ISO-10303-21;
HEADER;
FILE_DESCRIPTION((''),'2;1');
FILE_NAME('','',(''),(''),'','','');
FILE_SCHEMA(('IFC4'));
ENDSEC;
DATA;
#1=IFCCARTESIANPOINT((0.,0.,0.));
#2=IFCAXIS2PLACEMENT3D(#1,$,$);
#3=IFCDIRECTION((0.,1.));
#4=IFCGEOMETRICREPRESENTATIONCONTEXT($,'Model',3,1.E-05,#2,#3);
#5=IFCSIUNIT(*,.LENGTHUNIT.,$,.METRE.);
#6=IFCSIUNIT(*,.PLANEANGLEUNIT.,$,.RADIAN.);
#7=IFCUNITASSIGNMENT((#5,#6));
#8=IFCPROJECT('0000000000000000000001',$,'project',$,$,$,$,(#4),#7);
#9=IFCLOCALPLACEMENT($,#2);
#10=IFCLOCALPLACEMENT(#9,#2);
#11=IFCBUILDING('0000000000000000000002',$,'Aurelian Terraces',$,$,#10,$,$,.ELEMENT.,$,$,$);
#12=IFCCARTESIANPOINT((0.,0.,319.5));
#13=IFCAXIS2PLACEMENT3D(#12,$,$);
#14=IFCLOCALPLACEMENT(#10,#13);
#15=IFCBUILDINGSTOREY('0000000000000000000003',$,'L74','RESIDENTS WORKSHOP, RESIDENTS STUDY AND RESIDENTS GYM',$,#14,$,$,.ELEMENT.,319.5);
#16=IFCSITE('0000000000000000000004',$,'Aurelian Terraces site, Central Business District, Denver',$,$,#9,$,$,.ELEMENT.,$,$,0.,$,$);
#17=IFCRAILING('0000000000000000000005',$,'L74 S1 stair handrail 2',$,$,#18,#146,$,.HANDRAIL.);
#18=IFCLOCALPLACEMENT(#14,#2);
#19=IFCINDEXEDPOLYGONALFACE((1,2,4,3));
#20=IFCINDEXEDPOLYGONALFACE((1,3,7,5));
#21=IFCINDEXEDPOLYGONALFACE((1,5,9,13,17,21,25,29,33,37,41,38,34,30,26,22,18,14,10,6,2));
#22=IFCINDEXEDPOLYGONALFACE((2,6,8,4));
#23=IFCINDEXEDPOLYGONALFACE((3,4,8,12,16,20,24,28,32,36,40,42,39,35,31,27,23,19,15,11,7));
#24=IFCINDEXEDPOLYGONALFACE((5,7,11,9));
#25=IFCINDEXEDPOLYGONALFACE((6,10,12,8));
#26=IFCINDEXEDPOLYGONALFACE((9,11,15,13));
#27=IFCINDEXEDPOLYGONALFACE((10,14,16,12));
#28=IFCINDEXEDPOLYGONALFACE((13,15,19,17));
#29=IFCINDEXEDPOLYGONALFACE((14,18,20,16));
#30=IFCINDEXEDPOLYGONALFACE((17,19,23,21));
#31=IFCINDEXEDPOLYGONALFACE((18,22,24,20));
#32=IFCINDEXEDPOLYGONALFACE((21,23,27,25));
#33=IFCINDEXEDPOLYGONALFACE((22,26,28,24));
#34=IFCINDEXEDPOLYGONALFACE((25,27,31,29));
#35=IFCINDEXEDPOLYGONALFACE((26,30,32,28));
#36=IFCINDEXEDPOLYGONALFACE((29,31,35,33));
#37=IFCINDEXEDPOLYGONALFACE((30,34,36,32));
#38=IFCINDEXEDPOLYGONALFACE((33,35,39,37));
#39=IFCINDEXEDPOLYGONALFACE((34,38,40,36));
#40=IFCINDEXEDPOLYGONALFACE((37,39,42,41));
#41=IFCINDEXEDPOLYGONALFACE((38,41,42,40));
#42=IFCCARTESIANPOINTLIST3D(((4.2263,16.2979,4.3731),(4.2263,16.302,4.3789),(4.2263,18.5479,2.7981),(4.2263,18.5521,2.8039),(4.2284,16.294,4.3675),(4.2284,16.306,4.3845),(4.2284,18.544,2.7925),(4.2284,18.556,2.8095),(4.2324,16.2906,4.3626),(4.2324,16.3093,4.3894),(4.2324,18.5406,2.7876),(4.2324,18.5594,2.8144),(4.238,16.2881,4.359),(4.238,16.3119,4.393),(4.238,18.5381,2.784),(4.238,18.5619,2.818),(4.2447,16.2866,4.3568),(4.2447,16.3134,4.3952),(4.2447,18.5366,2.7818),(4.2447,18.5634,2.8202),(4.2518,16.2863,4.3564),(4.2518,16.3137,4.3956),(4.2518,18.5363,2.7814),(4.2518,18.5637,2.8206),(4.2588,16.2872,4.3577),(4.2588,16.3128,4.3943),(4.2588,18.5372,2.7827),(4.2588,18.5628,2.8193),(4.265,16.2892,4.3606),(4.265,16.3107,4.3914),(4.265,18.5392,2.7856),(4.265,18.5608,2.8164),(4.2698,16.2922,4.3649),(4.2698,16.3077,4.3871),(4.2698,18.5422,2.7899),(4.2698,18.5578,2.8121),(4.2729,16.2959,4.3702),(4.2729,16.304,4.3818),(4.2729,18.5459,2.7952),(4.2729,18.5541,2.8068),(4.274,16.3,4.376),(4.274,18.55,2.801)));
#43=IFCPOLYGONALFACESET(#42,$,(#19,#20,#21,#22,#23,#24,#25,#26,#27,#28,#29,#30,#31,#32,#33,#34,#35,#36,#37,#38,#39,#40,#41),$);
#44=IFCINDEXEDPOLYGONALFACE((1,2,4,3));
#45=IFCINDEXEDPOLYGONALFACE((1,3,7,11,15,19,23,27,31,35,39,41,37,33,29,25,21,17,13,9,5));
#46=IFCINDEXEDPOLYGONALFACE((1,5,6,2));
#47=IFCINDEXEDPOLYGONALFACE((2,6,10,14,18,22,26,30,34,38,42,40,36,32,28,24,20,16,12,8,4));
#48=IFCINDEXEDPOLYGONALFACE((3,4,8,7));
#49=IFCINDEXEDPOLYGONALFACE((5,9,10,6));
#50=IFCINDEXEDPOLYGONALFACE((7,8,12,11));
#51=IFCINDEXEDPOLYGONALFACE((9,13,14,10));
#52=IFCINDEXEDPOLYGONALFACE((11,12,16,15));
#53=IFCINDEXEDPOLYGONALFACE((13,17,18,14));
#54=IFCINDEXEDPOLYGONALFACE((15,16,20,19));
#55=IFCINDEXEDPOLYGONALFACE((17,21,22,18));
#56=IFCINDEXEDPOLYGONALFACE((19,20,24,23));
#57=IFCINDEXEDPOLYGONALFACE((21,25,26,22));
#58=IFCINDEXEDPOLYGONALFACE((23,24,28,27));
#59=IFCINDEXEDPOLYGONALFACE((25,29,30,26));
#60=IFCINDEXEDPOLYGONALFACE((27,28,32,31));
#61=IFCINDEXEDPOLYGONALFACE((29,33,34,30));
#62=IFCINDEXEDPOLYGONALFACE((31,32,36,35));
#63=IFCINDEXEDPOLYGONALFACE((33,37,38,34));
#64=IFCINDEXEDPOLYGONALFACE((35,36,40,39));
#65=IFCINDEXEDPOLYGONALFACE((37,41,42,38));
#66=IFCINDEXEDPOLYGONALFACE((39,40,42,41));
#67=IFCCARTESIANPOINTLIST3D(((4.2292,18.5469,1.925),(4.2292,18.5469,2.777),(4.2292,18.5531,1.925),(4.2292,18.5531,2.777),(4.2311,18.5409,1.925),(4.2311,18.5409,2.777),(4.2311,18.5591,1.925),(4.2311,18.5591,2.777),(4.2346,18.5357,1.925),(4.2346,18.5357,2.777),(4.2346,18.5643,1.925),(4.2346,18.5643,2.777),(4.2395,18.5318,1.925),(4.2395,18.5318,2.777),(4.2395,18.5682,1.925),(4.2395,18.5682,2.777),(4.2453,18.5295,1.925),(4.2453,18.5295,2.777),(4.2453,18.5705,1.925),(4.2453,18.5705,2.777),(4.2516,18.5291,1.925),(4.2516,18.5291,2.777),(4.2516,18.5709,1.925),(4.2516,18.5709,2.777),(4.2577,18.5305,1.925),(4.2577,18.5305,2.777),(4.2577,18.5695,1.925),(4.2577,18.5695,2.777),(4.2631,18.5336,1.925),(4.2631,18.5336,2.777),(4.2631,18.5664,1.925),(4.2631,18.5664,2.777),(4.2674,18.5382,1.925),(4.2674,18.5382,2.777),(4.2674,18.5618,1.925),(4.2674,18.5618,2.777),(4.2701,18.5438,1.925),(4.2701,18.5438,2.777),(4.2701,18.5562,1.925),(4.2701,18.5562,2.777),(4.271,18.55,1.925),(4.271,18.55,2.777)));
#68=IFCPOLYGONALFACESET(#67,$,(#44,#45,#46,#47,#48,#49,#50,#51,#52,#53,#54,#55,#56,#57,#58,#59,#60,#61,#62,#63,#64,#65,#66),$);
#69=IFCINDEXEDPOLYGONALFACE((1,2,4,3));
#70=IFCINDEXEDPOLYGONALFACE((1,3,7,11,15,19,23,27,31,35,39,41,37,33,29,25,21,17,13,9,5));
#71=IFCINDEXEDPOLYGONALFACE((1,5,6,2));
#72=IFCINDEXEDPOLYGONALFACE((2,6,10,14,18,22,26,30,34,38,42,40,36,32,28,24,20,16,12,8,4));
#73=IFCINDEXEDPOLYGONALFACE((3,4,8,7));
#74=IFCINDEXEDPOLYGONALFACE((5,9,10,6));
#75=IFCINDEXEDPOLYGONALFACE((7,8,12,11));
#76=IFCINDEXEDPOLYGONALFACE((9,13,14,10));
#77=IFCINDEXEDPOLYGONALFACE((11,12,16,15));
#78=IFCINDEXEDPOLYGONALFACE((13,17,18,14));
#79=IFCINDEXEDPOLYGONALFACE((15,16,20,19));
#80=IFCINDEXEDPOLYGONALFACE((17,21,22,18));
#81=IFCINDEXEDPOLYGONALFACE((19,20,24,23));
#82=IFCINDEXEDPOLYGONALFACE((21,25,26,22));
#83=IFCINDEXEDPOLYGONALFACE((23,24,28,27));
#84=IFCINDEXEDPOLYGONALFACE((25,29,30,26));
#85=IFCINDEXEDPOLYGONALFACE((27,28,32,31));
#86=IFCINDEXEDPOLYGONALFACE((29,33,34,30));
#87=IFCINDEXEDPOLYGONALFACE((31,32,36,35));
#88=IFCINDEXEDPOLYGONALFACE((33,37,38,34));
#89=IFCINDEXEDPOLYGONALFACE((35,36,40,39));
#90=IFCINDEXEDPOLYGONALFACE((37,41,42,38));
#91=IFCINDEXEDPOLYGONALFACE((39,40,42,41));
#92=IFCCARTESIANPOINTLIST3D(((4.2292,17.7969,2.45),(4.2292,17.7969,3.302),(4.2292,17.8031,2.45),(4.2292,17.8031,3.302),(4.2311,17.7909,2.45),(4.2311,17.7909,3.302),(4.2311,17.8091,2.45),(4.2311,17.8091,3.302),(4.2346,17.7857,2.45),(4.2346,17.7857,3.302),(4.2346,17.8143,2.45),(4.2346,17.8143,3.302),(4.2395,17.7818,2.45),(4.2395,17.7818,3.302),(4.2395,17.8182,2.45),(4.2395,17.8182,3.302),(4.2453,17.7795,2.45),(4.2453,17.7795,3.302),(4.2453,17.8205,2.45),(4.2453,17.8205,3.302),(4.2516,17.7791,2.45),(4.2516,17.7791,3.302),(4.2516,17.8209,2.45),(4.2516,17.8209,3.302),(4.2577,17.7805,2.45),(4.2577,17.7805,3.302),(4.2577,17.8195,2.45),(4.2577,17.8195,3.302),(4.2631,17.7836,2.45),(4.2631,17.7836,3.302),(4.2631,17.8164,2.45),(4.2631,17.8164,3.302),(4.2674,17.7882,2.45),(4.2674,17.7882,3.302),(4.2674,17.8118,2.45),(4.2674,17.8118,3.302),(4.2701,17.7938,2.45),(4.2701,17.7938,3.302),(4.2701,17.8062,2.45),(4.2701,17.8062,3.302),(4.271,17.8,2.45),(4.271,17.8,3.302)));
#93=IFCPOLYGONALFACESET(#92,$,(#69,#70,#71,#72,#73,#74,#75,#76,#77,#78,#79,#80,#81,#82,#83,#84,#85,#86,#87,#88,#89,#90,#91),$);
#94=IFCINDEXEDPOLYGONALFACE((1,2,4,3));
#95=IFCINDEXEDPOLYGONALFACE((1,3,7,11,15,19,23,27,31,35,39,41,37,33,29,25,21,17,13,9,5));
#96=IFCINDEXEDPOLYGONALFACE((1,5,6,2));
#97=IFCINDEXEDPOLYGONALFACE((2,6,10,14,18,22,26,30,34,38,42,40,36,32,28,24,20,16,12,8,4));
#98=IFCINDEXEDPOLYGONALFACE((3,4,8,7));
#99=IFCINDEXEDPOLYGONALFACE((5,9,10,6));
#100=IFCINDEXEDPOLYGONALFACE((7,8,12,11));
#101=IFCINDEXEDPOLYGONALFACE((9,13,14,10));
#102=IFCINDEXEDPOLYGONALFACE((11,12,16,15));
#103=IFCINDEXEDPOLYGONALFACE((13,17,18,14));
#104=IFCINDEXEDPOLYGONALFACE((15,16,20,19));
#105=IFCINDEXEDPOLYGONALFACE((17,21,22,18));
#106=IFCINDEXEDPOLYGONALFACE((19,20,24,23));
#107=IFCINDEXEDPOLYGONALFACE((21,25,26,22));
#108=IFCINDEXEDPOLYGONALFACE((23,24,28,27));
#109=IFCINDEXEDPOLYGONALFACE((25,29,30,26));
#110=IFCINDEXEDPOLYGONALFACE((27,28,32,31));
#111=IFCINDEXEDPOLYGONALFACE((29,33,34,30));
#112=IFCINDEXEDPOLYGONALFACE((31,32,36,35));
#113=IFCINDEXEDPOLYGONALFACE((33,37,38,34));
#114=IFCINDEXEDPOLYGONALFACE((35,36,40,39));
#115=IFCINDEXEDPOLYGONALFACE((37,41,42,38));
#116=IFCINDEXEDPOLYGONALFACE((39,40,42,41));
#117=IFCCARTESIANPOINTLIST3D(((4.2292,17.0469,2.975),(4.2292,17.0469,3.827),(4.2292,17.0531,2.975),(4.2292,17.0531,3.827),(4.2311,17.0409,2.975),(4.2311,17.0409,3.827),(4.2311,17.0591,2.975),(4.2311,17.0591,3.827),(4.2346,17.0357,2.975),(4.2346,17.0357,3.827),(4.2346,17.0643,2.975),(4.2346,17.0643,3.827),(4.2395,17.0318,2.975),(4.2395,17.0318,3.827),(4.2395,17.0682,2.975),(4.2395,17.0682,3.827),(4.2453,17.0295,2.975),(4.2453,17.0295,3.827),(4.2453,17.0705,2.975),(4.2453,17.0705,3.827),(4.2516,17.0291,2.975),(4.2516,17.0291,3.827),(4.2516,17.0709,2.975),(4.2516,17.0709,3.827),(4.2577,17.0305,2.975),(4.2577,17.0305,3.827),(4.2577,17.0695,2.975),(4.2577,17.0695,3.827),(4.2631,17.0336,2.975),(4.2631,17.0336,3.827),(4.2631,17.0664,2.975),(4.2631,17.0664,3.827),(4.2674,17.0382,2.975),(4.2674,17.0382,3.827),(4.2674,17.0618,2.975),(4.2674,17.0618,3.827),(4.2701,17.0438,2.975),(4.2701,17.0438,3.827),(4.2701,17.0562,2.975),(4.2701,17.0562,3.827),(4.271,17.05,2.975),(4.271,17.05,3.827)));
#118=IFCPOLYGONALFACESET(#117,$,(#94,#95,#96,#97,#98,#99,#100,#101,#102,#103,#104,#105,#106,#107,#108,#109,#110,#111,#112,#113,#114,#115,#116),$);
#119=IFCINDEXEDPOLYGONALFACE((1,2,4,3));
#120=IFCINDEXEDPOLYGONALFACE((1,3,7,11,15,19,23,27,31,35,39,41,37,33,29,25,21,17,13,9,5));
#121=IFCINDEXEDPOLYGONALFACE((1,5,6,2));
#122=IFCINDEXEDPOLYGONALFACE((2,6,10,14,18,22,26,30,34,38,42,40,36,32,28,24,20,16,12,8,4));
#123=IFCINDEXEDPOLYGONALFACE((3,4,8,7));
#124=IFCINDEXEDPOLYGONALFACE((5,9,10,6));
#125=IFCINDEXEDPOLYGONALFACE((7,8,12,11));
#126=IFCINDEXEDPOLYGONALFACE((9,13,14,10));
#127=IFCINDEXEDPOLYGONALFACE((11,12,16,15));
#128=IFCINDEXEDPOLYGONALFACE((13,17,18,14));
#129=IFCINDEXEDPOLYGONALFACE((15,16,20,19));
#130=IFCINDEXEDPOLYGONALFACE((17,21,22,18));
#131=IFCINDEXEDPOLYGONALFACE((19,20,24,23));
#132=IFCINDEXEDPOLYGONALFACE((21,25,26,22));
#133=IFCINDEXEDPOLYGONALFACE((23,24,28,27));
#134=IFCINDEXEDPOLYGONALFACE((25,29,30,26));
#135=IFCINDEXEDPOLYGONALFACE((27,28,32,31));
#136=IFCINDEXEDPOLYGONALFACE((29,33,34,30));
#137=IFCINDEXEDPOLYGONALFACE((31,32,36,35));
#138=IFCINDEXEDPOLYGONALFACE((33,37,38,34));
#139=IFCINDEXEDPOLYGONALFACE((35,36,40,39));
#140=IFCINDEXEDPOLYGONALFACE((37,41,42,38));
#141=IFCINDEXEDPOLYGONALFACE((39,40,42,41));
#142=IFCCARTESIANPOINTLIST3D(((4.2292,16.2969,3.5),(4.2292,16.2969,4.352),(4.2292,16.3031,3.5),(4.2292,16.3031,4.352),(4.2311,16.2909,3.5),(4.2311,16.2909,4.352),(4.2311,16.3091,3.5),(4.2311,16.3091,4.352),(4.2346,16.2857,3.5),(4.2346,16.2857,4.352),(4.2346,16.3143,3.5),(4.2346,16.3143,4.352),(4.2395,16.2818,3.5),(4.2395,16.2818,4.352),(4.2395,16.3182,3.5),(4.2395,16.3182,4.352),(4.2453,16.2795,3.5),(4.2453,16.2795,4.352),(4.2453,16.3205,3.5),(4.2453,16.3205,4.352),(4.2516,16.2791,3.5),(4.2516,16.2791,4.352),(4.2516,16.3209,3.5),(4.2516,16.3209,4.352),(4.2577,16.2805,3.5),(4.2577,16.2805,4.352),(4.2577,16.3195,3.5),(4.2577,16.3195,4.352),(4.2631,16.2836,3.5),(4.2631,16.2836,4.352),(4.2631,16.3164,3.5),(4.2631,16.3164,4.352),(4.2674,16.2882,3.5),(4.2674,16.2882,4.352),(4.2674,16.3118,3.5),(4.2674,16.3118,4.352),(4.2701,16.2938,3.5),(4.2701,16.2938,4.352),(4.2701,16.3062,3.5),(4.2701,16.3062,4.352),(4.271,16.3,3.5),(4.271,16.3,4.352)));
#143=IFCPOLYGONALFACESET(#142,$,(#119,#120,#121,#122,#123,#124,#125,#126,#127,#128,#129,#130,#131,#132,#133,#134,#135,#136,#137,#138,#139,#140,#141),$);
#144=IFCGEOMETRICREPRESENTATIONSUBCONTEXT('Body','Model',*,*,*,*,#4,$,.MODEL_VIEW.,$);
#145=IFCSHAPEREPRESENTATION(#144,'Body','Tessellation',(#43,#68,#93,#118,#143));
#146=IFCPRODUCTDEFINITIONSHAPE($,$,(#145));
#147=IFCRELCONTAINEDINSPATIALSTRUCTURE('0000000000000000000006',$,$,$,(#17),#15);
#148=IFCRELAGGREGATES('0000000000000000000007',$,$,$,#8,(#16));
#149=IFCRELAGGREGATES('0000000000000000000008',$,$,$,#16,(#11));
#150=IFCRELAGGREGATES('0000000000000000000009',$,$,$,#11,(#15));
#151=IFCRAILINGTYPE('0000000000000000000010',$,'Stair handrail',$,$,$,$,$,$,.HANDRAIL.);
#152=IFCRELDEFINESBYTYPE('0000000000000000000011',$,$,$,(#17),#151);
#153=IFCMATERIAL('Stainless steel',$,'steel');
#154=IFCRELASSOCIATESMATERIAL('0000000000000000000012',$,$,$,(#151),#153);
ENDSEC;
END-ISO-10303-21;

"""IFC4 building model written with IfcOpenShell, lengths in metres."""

from ifc_helpers import new_model, si_unit, direction, frame, origin, origin_2d, place, context, subcontext, project, spatial, circle, extrude, source, transform, mapped, material, type_object, element, save


model = new_model("IFC4")

# Units and contexts
model_context = context("Model", 3, precision=1e-05, world=origin(), true_north=direction((0.0, 1.0)))
body_context = subcontext(model_context, "Body", "Model", "MODEL_VIEW")
ifc_project = project(units=[si_unit("LENGTHUNIT", "METRE"), si_unit("PLANEANGLEUNIT", "RADIAN")], contexts=[model_context])

# Site, building, storey
site_placement = place(None, origin())
site = spatial("IfcSite", under=ifc_project, at=site_placement, Name="Aurelian Terraces site, Central Business District, Denver", CompositionType="ELEMENT", RefElevation=0.0)
building_placement = place(site_placement, origin())
building = spatial("IfcBuilding", under=site, at=building_placement, Name="Aurelian Terraces", CompositionType="ELEMENT")
storey_placement = place(building_placement, frame((0.0, 0.0, 319.5)))
storey = spatial("IfcBuildingStorey", under=building, at=storey_placement, Name="L74", Description="RESIDENTS WORKSHOP, RESIDENTS STUDY AND RESIDENTS GYM", CompositionType="ELEMENT", Elevation=319.5)

# Railing
ifc_material_1 = material(Name="Stainless steel", Category="steel")
railing_type_1 = type_object("IfcRailingType", Name="Stair handrail", PredefinedType="HANDRAIL", material=ifc_material_1)
shared_shape_1 = source(origin(), body_context, "Body", "SweptSolid", [
    extrude(circle(Radius=0.024, at=origin_2d()), frame((0.0, 0.0, 0.876), z_axis=(0.0, -0.819232, 0.573462), x_axis=(1.0, 0.0, 0.0)), (0.0, 0.0, 1.0), 2.7465),
    extrude(circle(Radius=0.021, at=origin_2d()), origin(), (0.0, 0.0, 1.0), 0.852),
    extrude(circle(Radius=0.021, at=origin_2d()), frame((0.0, -0.75, 0.525)), (0.0, 0.0, 1.0), 0.852),
    extrude(circle(Radius=0.021, at=origin_2d()), frame((0.0, -1.5, 1.05)), (0.0, 0.0, 1.0), 0.852),
    extrude(circle(Radius=0.021, at=origin_2d()), frame((0.0, -2.25, 1.575)), (0.0, 0.0, 1.0), 0.852),
])
railing_1_placement = place(storey_placement, frame((4.25, 18.55, 1.925)))
element("IfcRailing", 1, at=railing_1_placement, inside=storey, type_object=railing_type_1, Name="L74 S1 stair handrail 2", PredefinedType="HANDRAIL", context=body_context, shape_type="MappedRepresentation", body=[
    mapped(shared_shape_1, transform((0.0, 0.0, 0.0), scale=1.0)),
])

save(model, "model.ifc")
